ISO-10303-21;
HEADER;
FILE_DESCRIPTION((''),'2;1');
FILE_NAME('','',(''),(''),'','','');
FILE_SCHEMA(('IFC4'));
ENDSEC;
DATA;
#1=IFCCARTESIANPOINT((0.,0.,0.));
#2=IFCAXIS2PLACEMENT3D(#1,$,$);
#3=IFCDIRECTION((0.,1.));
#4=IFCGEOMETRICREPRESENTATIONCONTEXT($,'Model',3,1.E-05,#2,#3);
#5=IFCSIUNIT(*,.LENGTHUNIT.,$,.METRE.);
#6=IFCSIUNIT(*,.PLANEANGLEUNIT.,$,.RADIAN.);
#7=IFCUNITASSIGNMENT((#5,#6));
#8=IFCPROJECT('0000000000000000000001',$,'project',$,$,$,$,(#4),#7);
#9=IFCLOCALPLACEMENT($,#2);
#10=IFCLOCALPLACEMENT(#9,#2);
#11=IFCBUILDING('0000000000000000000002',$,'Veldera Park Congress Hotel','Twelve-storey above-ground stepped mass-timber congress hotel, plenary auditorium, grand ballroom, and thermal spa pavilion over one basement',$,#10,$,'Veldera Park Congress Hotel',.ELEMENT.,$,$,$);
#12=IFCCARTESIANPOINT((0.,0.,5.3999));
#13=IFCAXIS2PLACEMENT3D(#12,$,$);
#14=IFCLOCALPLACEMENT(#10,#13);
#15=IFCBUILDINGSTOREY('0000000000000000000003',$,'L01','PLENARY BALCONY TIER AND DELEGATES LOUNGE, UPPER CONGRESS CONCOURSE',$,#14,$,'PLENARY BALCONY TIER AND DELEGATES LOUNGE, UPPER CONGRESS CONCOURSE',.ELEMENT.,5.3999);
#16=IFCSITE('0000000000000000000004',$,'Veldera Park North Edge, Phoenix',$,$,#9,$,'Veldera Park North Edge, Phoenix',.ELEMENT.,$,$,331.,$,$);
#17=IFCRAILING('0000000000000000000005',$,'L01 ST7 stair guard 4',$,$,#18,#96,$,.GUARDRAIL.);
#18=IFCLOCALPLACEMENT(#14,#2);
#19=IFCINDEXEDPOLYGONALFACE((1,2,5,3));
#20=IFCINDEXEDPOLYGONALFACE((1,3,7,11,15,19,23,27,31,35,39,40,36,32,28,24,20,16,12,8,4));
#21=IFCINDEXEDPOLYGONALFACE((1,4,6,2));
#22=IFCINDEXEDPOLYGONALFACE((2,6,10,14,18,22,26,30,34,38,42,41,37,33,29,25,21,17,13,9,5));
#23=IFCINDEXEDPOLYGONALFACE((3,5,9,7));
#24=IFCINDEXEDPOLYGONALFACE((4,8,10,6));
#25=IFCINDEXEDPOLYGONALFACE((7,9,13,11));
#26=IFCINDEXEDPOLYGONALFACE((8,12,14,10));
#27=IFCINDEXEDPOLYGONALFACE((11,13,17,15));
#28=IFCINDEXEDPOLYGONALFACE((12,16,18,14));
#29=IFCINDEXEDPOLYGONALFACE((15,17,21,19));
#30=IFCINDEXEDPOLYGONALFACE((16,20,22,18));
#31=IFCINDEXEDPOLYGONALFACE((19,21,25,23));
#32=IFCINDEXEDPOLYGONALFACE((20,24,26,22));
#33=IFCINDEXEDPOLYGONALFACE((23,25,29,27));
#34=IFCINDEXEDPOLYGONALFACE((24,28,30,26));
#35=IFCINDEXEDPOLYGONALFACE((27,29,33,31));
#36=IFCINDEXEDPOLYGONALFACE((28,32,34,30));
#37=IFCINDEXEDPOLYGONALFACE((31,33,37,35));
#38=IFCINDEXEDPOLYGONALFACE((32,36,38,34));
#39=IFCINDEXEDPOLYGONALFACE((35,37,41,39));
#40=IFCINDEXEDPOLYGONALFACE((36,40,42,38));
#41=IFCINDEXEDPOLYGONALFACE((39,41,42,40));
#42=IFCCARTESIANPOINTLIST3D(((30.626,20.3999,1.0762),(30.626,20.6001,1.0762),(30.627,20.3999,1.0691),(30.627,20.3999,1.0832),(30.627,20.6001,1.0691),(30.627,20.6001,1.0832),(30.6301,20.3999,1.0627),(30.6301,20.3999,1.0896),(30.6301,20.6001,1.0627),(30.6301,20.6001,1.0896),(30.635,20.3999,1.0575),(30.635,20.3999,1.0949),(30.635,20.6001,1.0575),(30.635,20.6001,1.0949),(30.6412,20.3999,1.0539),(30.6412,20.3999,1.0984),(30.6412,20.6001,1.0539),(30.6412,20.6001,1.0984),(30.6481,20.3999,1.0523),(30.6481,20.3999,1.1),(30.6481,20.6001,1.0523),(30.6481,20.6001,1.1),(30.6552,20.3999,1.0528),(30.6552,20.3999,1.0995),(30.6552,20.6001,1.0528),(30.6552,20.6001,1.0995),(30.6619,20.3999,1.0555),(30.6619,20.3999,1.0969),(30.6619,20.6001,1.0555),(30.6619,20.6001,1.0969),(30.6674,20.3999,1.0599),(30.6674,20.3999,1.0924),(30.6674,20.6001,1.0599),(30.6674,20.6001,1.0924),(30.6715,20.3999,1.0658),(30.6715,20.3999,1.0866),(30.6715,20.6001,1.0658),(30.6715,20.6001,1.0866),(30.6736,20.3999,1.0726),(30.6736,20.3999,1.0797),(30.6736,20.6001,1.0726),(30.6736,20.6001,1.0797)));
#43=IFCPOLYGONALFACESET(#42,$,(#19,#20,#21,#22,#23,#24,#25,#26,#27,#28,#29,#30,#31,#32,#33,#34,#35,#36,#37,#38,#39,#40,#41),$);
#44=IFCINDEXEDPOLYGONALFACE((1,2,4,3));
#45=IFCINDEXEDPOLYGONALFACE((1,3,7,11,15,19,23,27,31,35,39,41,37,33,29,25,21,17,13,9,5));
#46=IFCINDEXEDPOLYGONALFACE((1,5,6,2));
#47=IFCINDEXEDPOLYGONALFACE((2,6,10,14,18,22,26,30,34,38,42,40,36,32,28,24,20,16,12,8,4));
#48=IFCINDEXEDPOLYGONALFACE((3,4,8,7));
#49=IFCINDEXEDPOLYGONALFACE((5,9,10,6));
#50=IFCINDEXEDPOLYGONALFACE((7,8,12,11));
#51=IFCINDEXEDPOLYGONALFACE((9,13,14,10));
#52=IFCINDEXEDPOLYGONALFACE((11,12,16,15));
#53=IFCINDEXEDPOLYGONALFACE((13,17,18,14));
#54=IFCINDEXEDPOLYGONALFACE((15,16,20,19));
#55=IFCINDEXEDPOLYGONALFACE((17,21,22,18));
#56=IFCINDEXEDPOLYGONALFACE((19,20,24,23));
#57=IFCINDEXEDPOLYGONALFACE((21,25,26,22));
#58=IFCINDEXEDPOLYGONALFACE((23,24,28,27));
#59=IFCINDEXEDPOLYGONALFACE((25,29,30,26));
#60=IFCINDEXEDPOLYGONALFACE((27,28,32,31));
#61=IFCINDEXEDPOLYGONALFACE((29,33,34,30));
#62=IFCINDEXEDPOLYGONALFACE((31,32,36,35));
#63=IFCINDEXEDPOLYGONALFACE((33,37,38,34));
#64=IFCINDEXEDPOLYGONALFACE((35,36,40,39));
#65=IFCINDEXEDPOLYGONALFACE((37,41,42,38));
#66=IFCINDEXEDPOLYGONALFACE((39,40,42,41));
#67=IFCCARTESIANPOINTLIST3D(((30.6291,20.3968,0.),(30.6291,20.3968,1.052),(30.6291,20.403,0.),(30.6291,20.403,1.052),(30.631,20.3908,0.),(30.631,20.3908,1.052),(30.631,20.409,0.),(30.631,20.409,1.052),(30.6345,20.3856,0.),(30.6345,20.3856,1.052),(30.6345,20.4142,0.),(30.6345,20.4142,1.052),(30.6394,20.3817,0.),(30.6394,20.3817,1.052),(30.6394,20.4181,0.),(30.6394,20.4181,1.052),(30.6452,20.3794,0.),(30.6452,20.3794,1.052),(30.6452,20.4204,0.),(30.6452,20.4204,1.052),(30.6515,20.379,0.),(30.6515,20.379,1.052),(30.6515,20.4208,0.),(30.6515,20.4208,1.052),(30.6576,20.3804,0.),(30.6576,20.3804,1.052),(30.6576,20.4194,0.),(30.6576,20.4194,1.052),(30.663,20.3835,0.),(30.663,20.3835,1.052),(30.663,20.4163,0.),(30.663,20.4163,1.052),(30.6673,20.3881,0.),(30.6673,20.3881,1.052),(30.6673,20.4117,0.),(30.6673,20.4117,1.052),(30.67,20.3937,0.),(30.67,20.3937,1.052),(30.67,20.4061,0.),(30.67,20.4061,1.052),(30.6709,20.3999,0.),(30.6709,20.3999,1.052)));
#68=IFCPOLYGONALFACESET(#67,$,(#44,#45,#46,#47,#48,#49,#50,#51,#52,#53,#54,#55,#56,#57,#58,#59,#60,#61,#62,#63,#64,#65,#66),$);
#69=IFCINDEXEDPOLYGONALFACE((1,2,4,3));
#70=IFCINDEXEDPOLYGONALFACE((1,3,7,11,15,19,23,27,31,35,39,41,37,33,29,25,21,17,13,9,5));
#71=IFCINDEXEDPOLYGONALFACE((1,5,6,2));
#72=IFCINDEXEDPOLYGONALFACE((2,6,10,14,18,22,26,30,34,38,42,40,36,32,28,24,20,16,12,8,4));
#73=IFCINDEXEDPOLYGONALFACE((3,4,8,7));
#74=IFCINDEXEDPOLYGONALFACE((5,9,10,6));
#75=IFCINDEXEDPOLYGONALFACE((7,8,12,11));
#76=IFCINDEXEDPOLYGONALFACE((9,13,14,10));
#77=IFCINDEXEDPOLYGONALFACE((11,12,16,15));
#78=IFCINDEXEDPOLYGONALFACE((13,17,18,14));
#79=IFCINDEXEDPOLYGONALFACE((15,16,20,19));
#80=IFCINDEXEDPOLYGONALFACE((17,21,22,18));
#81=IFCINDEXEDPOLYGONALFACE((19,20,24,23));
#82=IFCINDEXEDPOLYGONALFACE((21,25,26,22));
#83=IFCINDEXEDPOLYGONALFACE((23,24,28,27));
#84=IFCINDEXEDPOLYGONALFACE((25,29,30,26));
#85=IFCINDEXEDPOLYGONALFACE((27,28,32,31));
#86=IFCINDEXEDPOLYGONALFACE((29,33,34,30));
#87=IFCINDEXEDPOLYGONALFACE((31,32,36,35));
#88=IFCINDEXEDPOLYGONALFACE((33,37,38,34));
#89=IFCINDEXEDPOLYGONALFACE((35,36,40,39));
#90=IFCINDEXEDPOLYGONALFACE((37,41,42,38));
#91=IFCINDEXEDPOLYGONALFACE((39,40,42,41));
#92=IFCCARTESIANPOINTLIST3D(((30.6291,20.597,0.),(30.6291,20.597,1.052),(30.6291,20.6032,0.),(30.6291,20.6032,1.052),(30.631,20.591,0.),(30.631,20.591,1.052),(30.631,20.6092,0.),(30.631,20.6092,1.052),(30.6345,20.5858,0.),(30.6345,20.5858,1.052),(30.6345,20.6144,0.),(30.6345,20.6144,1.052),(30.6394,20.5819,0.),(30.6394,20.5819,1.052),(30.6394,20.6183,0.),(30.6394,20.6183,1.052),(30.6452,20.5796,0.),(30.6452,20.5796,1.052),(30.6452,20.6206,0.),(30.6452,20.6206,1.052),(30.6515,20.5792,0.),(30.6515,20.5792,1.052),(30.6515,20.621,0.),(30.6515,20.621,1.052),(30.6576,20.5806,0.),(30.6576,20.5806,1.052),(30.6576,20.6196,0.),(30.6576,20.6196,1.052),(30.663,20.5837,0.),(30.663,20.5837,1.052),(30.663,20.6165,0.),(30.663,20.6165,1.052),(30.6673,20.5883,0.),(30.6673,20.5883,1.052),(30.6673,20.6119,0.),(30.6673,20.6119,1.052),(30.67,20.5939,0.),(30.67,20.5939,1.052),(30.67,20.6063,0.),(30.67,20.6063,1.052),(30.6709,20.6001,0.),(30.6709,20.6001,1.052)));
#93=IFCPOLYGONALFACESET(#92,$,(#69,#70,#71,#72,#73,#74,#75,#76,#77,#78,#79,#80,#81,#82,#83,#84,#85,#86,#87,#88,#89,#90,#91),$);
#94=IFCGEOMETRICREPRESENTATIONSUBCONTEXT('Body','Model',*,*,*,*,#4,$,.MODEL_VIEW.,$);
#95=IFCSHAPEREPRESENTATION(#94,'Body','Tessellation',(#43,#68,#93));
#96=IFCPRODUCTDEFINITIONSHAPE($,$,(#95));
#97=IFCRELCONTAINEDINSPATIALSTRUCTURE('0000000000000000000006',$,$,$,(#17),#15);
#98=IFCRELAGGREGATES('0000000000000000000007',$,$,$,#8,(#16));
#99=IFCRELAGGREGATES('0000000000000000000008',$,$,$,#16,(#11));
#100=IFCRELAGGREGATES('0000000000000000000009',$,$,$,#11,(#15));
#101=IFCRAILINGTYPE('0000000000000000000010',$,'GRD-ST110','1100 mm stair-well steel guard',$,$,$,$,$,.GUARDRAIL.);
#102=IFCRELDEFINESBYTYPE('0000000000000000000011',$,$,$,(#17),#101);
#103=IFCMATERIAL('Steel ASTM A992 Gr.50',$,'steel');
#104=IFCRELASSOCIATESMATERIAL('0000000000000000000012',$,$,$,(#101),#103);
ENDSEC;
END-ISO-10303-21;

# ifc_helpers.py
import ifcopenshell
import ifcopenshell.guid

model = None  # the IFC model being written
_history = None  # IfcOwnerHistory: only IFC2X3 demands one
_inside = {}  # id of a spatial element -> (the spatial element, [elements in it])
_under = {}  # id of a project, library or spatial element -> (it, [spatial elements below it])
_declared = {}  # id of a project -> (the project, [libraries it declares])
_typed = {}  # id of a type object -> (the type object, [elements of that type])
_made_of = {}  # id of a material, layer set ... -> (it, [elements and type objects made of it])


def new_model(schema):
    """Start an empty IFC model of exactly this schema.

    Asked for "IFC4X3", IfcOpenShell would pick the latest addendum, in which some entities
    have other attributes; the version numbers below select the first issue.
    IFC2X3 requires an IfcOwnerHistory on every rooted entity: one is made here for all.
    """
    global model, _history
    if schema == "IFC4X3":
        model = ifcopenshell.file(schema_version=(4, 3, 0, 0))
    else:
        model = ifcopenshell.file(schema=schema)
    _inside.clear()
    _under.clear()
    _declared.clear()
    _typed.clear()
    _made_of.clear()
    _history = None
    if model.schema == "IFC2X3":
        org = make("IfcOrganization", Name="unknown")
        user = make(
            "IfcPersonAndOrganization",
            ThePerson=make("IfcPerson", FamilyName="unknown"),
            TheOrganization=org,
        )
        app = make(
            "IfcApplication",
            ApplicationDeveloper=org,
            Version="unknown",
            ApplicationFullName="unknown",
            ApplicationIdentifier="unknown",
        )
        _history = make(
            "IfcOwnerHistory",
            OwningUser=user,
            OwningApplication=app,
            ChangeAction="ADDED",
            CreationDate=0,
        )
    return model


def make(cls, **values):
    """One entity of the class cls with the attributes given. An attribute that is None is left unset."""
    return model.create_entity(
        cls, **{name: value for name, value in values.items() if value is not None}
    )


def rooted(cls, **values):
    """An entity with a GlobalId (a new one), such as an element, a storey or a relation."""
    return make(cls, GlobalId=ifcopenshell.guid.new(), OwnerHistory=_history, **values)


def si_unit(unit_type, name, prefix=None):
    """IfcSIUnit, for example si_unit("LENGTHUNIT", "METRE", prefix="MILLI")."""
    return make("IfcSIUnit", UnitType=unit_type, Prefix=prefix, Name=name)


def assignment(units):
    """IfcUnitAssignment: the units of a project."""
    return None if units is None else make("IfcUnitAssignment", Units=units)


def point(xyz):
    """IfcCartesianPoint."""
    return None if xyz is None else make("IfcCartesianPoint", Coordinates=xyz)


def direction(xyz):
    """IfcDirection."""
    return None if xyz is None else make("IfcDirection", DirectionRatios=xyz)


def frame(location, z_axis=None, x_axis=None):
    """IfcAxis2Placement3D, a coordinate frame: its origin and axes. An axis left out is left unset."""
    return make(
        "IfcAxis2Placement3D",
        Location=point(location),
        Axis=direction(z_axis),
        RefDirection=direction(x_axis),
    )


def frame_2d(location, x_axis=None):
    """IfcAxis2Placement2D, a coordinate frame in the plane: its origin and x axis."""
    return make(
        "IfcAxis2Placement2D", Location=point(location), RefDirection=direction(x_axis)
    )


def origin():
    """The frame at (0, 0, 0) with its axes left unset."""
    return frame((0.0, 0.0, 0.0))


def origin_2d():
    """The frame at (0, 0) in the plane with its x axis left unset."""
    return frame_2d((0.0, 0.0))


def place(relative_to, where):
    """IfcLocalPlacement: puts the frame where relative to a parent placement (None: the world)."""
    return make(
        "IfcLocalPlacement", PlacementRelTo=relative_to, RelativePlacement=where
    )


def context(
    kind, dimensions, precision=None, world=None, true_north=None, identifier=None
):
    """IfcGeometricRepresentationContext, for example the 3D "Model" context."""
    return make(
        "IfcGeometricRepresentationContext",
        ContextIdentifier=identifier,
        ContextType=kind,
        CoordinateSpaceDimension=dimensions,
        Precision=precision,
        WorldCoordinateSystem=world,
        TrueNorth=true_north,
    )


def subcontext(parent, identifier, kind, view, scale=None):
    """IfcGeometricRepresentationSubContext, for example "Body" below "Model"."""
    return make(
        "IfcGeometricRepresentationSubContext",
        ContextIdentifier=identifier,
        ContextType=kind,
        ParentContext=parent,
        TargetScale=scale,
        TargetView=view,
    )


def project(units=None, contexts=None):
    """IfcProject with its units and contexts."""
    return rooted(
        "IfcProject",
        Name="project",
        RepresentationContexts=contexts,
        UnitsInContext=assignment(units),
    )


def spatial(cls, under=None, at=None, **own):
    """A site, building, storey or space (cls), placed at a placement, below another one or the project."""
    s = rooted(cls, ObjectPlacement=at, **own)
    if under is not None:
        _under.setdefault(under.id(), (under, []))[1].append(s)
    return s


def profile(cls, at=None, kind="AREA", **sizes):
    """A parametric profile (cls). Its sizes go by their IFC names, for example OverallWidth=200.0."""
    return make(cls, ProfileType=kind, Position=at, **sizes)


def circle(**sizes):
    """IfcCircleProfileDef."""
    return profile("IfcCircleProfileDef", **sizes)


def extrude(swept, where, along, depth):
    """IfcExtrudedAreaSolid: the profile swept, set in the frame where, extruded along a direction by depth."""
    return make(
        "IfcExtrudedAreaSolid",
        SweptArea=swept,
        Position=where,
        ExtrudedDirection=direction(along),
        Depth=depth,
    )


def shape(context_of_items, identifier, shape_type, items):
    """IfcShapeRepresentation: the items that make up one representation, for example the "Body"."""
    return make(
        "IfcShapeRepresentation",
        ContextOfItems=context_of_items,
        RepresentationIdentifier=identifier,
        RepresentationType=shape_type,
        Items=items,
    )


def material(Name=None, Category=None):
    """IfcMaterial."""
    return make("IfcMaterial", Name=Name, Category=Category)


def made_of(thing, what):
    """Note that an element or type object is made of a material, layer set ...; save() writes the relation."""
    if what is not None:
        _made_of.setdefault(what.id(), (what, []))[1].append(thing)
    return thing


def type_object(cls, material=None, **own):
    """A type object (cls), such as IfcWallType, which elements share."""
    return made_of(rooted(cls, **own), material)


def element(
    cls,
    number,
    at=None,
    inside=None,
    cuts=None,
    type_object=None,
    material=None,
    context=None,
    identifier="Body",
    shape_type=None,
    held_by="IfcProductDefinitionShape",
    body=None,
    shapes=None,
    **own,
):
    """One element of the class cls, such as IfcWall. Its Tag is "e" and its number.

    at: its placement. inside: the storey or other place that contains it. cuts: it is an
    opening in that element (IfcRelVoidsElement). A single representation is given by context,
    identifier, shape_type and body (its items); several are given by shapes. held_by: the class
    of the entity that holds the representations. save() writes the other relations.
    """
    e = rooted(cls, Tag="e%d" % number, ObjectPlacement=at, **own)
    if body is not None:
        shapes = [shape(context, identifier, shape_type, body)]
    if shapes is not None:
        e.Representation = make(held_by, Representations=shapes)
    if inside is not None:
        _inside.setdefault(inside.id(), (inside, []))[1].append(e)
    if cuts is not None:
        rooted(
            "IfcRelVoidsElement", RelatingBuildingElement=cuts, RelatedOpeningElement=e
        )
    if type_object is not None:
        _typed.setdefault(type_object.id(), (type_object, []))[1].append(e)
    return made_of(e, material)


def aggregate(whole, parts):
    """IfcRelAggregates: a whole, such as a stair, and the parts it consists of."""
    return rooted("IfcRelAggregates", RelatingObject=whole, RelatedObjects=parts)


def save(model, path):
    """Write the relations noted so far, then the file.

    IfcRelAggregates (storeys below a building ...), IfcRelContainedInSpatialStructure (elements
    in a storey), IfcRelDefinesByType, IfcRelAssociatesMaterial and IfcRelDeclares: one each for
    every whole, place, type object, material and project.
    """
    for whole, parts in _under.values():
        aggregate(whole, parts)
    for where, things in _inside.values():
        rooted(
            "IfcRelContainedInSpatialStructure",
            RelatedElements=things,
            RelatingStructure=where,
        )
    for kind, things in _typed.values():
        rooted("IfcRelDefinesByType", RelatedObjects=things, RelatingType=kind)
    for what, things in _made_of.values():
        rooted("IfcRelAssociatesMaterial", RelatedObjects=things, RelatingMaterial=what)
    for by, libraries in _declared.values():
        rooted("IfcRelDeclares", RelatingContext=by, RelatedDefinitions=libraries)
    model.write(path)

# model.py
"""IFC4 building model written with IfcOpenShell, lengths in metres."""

from ifc_helpers import new_model, si_unit, direction, frame, origin, origin_2d, place, context, subcontext, project, spatial, circle, extrude, material, type_object, element, save


model = new_model("IFC4")

# Units and contexts
model_context = context("Model", 3, precision=1e-05, world=origin(), true_north=direction((0.0, 1.0)))
body_context = subcontext(model_context, "Body", "Model", "MODEL_VIEW")
ifc_project = project(units=[si_unit("LENGTHUNIT", "METRE"), si_unit("PLANEANGLEUNIT", "RADIAN")], contexts=[model_context])

# Site, building, storey
site_placement = place(None, origin())
site = spatial("IfcSite", under=ifc_project, at=site_placement, Name="Veldera Park North Edge, Phoenix", LongName="Veldera Park North Edge, Phoenix", CompositionType="ELEMENT", RefElevation=331.0)
building_placement = place(site_placement, origin())
building = spatial("IfcBuilding", under=site, at=building_placement, Name="Veldera Park Congress Hotel", Description="Twelve-storey above-ground stepped mass-timber congress hotel, plenary auditorium, grand ballroom, and thermal spa pavilion over one basement", LongName="Veldera Park Congress Hotel", CompositionType="ELEMENT")
storey_placement = place(building_placement, frame((0.0, 0.0, 5.3999)))
storey = spatial("IfcBuildingStorey", under=building, at=storey_placement, Name="L01", Description="PLENARY BALCONY TIER AND DELEGATES LOUNGE, UPPER CONGRESS CONCOURSE", LongName="PLENARY BALCONY TIER AND DELEGATES LOUNGE, UPPER CONGRESS CONCOURSE", CompositionType="ELEMENT", Elevation=5.3999)

# Shared definitions
ifc_material_1 = material(Name="Steel ASTM A992 Gr.50", Category="steel")

# Railing
railing_type_1 = type_object("IfcRailingType", Name="GRD-ST110", Description="1100 mm stair-well steel guard", PredefinedType="GUARDRAIL", material=ifc_material_1)
railing_1_placement = place(storey_placement, frame((30.6499, 20.3999, 0.0)))
element("IfcRailing", 1, at=railing_1_placement, inside=storey, type_object=railing_type_1, Name="L01 ST7 stair guard 4", PredefinedType="GUARDRAIL", context=body_context, shape_type="SweptSolid", body=[
    extrude(circle(Radius=0.0239, at=origin_2d()), frame((0.0, 0.0, 1.0762), z_axis=(0.0, 1.0, 0.0), x_axis=(-1.0, 0.0, 0.0)), (0.0, 0.0, 1.0), 0.2002),
    extrude(circle(Radius=0.021, at=origin_2d()), origin(), (0.0, 0.0, 1.0), 1.052),
    extrude(circle(Radius=0.021, at=origin_2d()), frame((0.0, 0.2002, 0.0)), (0.0, 0.0, 1.0), 1.052),
])

save(model, "model.ifc")
